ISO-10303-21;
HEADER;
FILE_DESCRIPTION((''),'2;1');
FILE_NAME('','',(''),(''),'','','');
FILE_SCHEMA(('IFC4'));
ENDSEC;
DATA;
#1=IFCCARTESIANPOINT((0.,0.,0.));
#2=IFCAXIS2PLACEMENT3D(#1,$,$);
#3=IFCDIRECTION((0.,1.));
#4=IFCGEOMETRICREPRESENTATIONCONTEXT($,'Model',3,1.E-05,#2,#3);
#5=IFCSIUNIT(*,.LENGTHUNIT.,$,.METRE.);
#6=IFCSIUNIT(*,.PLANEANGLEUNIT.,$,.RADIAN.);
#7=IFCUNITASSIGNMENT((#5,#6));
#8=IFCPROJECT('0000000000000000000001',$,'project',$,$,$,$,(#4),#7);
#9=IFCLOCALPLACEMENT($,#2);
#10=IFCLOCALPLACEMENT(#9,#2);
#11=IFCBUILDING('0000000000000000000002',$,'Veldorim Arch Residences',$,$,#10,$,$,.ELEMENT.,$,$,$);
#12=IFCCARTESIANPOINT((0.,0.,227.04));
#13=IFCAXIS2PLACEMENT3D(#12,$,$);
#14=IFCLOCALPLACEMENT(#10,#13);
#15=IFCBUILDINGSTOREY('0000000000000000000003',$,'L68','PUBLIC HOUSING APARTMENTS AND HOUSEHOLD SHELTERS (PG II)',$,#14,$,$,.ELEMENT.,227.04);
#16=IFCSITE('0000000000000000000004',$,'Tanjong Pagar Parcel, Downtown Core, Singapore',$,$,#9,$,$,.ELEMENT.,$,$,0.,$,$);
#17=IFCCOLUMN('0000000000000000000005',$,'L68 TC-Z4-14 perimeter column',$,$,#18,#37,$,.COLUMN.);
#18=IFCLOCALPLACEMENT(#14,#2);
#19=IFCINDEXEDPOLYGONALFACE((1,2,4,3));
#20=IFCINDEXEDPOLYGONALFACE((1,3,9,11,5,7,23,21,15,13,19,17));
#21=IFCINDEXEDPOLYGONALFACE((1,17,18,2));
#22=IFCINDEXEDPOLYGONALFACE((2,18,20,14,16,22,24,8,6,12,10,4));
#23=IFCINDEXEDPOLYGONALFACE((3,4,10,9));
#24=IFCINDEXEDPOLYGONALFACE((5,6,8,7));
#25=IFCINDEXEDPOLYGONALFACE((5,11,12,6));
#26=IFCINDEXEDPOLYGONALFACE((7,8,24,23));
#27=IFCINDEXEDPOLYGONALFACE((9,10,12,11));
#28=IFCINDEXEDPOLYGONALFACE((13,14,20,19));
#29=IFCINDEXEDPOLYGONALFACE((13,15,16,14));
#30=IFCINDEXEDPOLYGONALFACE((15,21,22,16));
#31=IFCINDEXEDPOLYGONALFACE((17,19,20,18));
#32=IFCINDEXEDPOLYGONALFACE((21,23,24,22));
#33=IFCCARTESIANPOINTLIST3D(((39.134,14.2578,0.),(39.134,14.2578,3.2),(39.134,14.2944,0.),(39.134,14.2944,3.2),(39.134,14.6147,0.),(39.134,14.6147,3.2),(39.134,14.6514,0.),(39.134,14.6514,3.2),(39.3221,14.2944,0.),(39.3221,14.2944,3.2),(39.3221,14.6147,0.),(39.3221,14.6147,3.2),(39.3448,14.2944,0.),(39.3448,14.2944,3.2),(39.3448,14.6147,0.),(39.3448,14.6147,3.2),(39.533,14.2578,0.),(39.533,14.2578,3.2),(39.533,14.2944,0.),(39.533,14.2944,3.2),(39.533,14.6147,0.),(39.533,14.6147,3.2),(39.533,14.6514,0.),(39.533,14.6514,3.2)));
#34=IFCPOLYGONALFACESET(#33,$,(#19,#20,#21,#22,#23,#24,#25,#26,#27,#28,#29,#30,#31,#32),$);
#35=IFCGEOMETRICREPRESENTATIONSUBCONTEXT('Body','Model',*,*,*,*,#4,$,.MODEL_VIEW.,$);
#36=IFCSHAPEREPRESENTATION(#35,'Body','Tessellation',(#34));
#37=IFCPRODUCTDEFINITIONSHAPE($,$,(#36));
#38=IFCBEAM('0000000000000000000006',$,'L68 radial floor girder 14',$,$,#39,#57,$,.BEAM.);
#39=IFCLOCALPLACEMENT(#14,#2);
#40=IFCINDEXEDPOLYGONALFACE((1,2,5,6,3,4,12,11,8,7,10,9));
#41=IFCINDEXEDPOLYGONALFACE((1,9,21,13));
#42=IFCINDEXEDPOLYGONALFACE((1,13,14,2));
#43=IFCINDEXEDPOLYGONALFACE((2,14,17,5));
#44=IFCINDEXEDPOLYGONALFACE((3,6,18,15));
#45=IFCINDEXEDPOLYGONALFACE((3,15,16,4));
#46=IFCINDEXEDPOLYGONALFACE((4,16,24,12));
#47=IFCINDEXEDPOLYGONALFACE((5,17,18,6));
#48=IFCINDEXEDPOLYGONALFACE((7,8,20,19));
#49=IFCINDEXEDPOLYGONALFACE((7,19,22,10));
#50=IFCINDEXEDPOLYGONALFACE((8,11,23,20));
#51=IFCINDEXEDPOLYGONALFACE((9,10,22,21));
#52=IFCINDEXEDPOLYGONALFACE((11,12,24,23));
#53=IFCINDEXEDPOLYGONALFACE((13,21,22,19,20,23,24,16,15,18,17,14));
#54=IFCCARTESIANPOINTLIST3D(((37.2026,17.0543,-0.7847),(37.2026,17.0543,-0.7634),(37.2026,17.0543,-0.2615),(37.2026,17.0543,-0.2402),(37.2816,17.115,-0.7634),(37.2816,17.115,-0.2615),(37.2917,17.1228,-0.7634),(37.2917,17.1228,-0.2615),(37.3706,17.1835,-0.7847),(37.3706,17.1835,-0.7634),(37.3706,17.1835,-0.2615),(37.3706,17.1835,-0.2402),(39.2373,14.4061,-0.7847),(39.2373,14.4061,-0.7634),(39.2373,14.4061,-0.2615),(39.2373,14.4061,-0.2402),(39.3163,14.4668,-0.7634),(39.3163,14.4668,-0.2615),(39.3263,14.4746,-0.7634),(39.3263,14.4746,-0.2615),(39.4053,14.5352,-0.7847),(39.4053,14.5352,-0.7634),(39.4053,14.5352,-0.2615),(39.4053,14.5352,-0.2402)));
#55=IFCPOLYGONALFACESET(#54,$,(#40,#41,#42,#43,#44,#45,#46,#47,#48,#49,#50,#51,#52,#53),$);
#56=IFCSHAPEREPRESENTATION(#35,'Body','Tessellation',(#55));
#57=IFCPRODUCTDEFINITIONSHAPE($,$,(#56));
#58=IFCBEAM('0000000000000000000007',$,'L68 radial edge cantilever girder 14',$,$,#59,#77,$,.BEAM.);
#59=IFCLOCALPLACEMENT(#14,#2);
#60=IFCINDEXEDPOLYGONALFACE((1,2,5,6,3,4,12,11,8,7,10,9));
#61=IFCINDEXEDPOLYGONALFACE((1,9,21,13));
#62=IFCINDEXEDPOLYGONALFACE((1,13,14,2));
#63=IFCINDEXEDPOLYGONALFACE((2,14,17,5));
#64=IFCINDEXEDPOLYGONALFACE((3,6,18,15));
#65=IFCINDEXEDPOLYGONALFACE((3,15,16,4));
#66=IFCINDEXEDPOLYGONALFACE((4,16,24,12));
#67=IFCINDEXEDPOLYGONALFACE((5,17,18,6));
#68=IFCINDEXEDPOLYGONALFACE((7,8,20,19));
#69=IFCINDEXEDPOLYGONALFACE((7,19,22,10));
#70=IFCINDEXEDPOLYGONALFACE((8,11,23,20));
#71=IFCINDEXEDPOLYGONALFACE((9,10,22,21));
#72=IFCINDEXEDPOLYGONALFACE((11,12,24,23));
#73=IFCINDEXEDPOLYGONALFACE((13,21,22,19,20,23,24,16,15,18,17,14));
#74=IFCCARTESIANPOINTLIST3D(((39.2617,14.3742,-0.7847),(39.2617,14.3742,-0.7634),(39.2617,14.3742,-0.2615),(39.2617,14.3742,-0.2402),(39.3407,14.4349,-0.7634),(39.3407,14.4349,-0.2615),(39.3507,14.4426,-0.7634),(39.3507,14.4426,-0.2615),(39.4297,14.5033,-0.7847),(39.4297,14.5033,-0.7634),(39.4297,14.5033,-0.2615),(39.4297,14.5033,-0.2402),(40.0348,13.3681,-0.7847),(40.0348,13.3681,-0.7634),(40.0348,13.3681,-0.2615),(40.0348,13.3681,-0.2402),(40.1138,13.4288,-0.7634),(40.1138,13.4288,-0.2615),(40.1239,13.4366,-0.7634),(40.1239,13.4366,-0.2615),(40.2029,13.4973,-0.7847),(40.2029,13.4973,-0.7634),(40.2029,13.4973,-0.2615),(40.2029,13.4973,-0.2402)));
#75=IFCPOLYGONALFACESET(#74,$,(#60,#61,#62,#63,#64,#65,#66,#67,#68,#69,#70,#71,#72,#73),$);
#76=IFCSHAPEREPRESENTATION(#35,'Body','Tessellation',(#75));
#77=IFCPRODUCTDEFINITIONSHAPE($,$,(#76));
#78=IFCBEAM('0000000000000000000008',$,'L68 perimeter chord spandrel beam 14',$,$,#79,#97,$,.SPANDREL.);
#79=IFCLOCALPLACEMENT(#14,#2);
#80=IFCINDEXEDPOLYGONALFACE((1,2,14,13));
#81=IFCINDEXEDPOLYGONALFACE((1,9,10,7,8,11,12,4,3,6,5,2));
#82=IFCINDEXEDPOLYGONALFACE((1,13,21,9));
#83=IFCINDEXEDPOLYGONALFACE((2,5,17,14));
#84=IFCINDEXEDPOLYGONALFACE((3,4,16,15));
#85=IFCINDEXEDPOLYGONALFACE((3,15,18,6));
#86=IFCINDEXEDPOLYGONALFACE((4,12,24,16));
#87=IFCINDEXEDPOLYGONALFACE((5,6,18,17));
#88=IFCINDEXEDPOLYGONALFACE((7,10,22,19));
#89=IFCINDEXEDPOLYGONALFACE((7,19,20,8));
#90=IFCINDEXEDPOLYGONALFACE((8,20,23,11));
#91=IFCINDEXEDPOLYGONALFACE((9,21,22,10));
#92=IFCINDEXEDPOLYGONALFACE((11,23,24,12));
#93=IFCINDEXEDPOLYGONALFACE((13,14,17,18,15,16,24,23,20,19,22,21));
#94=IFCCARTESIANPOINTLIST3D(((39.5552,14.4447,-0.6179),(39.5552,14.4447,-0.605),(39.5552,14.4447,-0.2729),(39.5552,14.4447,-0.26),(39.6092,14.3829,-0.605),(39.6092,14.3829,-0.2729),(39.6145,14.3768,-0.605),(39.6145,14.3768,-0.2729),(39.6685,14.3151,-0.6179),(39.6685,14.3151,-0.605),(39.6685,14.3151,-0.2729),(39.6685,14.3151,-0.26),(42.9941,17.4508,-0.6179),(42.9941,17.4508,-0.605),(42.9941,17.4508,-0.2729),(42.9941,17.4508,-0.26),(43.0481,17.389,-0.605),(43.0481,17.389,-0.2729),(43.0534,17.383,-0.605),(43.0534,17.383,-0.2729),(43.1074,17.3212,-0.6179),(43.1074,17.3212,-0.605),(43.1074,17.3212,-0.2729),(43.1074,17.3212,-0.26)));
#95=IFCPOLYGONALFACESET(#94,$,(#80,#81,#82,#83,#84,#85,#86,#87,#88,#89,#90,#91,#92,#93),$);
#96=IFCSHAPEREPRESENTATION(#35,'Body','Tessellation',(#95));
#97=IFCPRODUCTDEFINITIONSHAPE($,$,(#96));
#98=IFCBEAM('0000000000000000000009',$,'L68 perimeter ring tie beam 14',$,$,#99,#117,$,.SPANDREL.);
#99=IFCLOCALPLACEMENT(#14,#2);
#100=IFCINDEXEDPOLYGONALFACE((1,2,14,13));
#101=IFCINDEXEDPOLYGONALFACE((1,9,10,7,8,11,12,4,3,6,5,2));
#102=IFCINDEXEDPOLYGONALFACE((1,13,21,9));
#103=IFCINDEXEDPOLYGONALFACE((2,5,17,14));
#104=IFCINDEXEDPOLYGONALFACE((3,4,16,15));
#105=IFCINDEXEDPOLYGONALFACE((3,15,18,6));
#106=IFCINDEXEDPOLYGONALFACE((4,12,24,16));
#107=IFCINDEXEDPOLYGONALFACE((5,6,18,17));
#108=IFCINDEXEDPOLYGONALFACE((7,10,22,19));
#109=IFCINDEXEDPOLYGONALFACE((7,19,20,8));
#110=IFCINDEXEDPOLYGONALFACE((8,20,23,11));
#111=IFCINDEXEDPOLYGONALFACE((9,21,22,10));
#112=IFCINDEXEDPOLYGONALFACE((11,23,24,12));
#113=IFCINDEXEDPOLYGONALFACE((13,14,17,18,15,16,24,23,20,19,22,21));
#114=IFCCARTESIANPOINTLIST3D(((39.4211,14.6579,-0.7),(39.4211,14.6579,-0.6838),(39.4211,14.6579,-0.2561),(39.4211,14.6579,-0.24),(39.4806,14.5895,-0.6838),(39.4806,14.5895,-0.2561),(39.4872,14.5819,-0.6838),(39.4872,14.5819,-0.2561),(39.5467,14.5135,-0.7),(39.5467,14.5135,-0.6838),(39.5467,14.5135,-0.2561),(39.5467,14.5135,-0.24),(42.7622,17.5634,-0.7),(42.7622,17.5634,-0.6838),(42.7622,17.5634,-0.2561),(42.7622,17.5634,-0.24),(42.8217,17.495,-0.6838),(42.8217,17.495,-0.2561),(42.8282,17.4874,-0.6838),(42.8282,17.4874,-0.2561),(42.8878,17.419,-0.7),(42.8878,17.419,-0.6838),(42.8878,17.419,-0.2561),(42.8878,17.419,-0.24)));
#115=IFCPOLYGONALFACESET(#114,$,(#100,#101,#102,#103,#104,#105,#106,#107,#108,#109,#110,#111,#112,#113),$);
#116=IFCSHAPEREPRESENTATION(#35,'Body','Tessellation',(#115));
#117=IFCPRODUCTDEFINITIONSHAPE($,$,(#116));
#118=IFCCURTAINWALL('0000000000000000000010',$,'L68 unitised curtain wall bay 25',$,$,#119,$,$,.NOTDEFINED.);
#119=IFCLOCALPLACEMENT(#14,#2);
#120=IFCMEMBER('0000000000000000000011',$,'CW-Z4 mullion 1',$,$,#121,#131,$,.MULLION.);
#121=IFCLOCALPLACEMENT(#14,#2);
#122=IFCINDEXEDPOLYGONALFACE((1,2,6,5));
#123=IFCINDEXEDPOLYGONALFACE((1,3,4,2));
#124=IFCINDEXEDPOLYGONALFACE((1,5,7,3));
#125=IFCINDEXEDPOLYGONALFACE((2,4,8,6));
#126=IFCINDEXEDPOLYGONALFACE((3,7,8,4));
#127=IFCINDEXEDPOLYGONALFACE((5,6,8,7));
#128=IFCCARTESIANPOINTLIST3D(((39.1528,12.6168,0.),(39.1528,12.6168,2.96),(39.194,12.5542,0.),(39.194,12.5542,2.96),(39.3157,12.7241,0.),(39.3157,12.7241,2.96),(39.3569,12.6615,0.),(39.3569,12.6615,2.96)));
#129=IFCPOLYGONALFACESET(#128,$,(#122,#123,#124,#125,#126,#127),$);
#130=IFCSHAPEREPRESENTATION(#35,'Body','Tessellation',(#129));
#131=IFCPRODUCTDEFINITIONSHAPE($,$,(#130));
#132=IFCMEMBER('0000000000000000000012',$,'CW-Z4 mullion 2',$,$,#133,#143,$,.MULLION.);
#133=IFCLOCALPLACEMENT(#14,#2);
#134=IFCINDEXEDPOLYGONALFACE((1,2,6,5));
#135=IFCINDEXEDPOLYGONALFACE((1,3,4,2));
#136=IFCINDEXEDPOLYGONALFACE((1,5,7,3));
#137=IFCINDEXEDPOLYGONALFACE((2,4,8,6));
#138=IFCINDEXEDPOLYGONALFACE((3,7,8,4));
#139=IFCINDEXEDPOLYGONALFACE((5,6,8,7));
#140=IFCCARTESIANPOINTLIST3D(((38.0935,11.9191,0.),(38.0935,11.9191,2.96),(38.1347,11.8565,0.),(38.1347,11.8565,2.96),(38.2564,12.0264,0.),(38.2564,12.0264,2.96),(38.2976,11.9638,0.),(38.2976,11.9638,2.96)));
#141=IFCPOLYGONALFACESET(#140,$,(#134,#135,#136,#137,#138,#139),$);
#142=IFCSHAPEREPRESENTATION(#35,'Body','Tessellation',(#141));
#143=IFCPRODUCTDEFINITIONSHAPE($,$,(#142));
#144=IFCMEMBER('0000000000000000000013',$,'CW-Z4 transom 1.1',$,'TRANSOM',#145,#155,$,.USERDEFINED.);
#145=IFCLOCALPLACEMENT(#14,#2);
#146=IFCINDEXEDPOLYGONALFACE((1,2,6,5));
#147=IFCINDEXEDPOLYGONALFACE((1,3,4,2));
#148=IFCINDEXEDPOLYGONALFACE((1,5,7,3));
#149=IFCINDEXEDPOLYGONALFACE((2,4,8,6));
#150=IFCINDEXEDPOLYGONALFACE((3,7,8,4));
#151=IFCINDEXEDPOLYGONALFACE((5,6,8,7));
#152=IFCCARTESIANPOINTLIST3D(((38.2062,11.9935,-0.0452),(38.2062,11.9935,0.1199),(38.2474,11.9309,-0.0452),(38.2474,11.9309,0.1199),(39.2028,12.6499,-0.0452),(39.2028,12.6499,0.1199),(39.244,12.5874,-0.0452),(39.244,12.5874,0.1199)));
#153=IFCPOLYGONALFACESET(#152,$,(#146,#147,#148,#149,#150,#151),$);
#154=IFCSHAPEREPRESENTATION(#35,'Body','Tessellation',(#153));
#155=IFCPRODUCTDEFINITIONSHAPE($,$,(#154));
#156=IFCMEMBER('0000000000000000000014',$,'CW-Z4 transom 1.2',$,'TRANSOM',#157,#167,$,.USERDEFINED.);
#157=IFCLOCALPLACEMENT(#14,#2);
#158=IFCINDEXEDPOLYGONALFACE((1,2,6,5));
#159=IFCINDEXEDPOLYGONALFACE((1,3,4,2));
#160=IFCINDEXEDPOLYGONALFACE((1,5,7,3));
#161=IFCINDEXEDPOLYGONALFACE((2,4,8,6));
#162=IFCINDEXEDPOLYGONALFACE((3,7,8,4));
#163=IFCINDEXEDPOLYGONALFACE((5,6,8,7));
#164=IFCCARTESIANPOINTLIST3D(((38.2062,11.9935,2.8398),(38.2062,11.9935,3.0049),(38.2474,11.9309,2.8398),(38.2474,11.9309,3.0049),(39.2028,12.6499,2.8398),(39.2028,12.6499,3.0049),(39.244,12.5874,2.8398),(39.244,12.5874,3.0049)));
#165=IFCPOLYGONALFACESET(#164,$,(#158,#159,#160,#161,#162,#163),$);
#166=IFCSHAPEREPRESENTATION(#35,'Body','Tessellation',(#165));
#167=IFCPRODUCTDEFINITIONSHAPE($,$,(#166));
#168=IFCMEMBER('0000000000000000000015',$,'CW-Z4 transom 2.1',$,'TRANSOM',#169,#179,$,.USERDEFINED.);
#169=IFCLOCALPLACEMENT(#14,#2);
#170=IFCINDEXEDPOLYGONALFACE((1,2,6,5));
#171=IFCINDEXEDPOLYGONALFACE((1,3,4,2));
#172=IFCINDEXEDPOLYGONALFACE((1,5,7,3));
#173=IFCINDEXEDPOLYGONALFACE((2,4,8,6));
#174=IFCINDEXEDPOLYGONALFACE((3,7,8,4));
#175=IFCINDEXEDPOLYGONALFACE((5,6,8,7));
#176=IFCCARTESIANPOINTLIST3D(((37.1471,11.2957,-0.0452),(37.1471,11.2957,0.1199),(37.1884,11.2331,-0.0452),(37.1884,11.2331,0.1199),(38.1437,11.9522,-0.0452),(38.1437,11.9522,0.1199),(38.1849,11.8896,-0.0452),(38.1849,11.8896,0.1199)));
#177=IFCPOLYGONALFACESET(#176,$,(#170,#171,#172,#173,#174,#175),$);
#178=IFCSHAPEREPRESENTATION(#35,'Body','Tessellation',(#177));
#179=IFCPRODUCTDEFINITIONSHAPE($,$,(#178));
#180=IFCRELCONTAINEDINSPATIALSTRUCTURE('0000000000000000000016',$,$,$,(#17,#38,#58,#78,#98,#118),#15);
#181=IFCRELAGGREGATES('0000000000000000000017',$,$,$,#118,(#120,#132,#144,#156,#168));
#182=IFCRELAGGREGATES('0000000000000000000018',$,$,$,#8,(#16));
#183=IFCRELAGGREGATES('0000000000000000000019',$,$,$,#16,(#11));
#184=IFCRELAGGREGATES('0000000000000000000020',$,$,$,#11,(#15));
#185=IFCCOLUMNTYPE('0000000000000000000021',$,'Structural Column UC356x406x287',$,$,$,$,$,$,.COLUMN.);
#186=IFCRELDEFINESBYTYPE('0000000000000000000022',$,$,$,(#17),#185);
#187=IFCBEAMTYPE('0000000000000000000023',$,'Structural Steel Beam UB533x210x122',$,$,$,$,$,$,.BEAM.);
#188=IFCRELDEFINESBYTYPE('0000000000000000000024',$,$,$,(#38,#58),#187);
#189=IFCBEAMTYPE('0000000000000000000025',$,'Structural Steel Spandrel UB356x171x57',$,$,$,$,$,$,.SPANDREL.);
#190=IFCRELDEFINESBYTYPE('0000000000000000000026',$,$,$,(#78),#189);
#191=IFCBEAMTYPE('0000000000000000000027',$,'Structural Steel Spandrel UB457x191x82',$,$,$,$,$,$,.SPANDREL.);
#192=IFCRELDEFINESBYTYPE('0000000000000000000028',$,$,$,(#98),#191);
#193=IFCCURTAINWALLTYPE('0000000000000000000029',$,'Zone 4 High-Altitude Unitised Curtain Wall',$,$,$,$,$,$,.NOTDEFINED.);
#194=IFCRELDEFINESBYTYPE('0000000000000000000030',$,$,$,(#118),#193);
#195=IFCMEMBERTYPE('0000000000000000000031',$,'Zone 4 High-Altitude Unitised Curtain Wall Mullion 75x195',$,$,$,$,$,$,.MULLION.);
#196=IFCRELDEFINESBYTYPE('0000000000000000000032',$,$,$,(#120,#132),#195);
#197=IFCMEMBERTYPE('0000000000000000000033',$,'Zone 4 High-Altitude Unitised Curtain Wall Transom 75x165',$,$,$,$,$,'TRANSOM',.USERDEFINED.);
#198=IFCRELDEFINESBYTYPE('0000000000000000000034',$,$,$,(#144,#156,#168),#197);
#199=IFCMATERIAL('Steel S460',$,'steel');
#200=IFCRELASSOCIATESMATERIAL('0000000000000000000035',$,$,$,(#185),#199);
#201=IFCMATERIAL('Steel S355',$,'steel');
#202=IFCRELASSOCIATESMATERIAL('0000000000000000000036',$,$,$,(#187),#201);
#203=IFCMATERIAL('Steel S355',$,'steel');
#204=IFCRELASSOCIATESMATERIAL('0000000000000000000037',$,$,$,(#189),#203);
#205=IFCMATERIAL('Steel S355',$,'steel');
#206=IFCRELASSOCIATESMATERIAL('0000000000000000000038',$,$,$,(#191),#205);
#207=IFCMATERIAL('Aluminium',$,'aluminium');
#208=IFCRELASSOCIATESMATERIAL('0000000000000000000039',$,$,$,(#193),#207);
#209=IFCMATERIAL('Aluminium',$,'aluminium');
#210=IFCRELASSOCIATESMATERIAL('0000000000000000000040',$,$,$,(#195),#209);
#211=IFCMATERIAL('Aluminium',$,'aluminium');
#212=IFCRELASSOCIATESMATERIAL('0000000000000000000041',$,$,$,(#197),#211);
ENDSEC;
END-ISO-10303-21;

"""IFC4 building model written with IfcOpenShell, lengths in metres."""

from ifc_helpers import new_model, si_unit, direction, frame, origin, origin_2d, place, context, subcontext, project, spatial, rectangle, i_section, extrude, material, material_profile, profile_set, type_object, element, aggregate, save


model = new_model("IFC4")

# Units and contexts
model_context = context("Model", 3, precision=1e-05, world=origin(), true_north=direction((0.0, 1.0)))
body_context = subcontext(model_context, "Body", "Model", "MODEL_VIEW")
ifc_project = project(units=[si_unit("LENGTHUNIT", "METRE"), si_unit("PLANEANGLEUNIT", "RADIAN")], contexts=[model_context])

# Site, building, storey
site_placement = place(None, origin())
site = spatial("IfcSite", under=ifc_project, at=site_placement, Name="Tanjong Pagar Parcel, Downtown Core, Singapore", CompositionType="ELEMENT", RefElevation=0.0)
building_placement = place(site_placement, origin())
building = spatial("IfcBuilding", under=site, at=building_placement, Name="Veldorim Arch Residences", CompositionType="ELEMENT")
storey_placement = place(building_placement, frame((0.0, 0.0, 227.04)))
storey = spatial("IfcBuildingStorey", under=building, at=storey_placement, Name="L68", Description="PUBLIC HOUSING APARTMENTS AND HOUSEHOLD SHELTERS (PG II)", CompositionType="ELEMENT", Elevation=227.04)

# Column
ifc_material_1 = material(Name="Steel S460", Category="steel")
ifc_material_profile_1 = material_profile(ifc_material_1, i_section(OverallWidth=0.3989, OverallDepth=0.3936, WebThickness=0.0227, FlangeThickness=0.0366, at=origin_2d()), Name="UC356x406x287")
ifc_profile_set_1 = profile_set([ifc_material_profile_1], Name="Steel S460")
column_type = type_object("IfcColumnType", Name="Structural Column UC356x406x287", PredefinedType="COLUMN", material=ifc_profile_set_1)
column_placement = place(storey_placement, frame((39.3335, 14.4546, 0.0), z_axis=(0.0, 0.0, 1.0), x_axis=(1.0, 0.0, 0.0)))
element("IfcColumn", 1, at=column_placement, inside=storey, type_object=column_type, Name="L68 TC-Z4-14 perimeter column", PredefinedType="COLUMN", context=body_context, shape_type="SweptSolid", body=[
    extrude(i_section(OverallWidth=0.3989, OverallDepth=0.3936, WebThickness=0.0227, FlangeThickness=0.0366, at=origin_2d()), origin(), (0.0, 0.0, 1.0), 3.2),
])

# Beams
ifc_material_2 = material(Name="Steel S355", Category="steel")
ifc_material_profile_2 = material_profile(ifc_material_2, i_section(OverallWidth=0.2119, OverallDepth=0.5444, WebThickness=0.0127, FlangeThickness=0.0212, at=origin_2d()), Name="UB533x210x122")
ifc_profile_set_2 = profile_set([ifc_material_profile_2], Name="Steel S355")
beam_type_1 = type_object("IfcBeamType", Name="Structural Steel Beam UB533x210x122", PredefinedType="BEAM", material=ifc_profile_set_2)
beam_1_placement = place(storey_placement, frame((37.2866, 17.1189, -0.5125), z_axis=(0.609258, -0.792972, 0.0), x_axis=(0.792972, 0.609258, 0.0)))
element("IfcBeam", 2, at=beam_1_placement, inside=storey, type_object=beam_type_1, Name="L68 radial floor girder 14", PredefinedType="BEAM", context=body_context, shape_type="SweptSolid", body=[
    extrude(i_section(OverallWidth=0.2119, OverallDepth=0.5444, WebThickness=0.0127, FlangeThickness=0.0212, at=origin_2d()), origin(), (0.0, 0.0, 1.0), 3.3396),
])
beam_2_placement = place(storey_placement, frame((39.3457, 14.4387, -0.5125), z_axis=(0.609348, -0.792903, 0.0), x_axis=(0.792903, 0.609348, 0.0)))
element("IfcBeam", 3, at=beam_2_placement, inside=storey, type_object=beam_type_1, Name="L68 radial edge cantilever girder 14", PredefinedType="BEAM", context=body_context, shape_type="SweptSolid", body=[
    extrude(i_section(OverallWidth=0.2119, OverallDepth=0.5444, WebThickness=0.0127, FlangeThickness=0.0212, at=origin_2d()), origin(), (0.0, 0.0, 1.0), 1.2688),
])
ifc_material_3 = material(Name="Steel S355", Category="steel")
ifc_material_profile_3 = material_profile(ifc_material_3, i_section(OverallWidth=0.1721, OverallDepth=0.3579, WebThickness=0.0081, FlangeThickness=0.0129, at=origin_2d()), Name="UB356x171x57")
ifc_profile_set_3 = profile_set([ifc_material_profile_3], Name="Steel S355")
beam_type_2 = type_object("IfcBeamType", Name="Structural Steel Spandrel UB356x171x57", PredefinedType="SPANDREL", material=ifc_profile_set_3)
beam_3_placement = place(storey_placement, frame((39.6118, 14.3799, -0.439), z_axis=(0.752901, 0.658134, 0.0), x_axis=(-0.658134, 0.752901, 0.0)))
element("IfcBeam", 4, at=beam_3_placement, inside=storey, type_object=beam_type_2, Name="L68 perimeter chord spandrel beam 14", PredefinedType="SPANDREL", context=body_context, shape_type="SweptSolid", body=[
    extrude(i_section(OverallWidth=0.1721, OverallDepth=0.3579, WebThickness=0.0081, FlangeThickness=0.0129, at=origin_2d()), origin(), (0.0, 0.0, 1.0), 4.5676),
])
ifc_material_4 = material(Name="Steel S355", Category="steel")
ifc_material_profile_4 = material_profile(ifc_material_4, i_section(OverallWidth=0.1914, OverallDepth=0.46, WebThickness=0.01, FlangeThickness=0.0161, at=origin_2d()), Name="UB457x191x82")
ifc_profile_set_4 = profile_set([ifc_material_profile_4], Name="Steel S355")
beam_type_3 = type_object("IfcBeamType", Name="Structural Steel Spandrel UB457x191x82", PredefinedType="SPANDREL", material=ifc_profile_set_4)
beam_4_placement = place(storey_placement, frame((39.4839, 14.5857, -0.47), z_axis=(0.754578, 0.65621, 0.0), x_axis=(-0.65621, 0.754578, 0.0)))
element("IfcBeam", 5, at=beam_4_placement, inside=storey, type_object=beam_type_3, Name="L68 perimeter ring tie beam 14", PredefinedType="SPANDREL", context=body_context, shape_type="SweptSolid", body=[
    extrude(i_section(OverallWidth=0.1914, OverallDepth=0.46, WebThickness=0.01, FlangeThickness=0.0161, at=origin_2d()), origin(), (0.0, 0.0, 1.0), 4.4277),
])

# Curtain wall, members
ifc_material_5 = material(Name="Aluminium", Category="aluminium")
curtain_wall_type = type_object("IfcCurtainWallType", Name="Zone 4 High-Altitude Unitised Curtain Wall", PredefinedType="NOTDEFINED", material=ifc_material_5)
curtain_wall_placement = place(storey_placement, origin())
curtain_wall = element("IfcCurtainWall", 6, at=curtain_wall_placement, inside=storey, type_object=curtain_wall_type, Name="L68 unitised curtain wall bay 25", PredefinedType="NOTDEFINED")
ifc_material_6 = material(Name="Aluminium", Category="aluminium")
ifc_material_profile_5 = material_profile(ifc_material_6, rectangle(XDim=0.075, YDim=0.1951, at=origin_2d()), Name="ALU_MUL_75x195")
ifc_profile_set_5 = profile_set([ifc_material_profile_5], Name="Aluminium")
member_type_1 = type_object("IfcMemberType", Name="Zone 4 High-Altitude Unitised Curtain Wall Mullion 75x195", PredefinedType="MULLION", material=ifc_profile_set_5)
member_1_placement = place(storey_placement, frame((39.2549, 12.6392, 0.0), z_axis=(0.0, 0.0, 1.0), x_axis=(0.550062, -0.835124, 0.0)))
member_1 = element("IfcMember", 7, at=member_1_placement, type_object=member_type_1, Name="CW-Z4 mullion 1", PredefinedType="MULLION", context=body_context, shape_type="SweptSolid", body=[
    extrude(rectangle(XDim=0.075, YDim=0.1951, at=origin_2d()), origin(), (0.0, 0.0, 1.0), 2.96),
])
member_2_placement = place(storey_placement, frame((38.1956, 11.9414, 0.0), z_axis=(0.0, 0.0, 1.0), x_axis=(0.550062, -0.835124, 0.0)))
member_2 = element("IfcMember", 8, at=member_2_placement, type_object=member_type_1, Name="CW-Z4 mullion 2", PredefinedType="MULLION", context=body_context, shape_type="SweptSolid", body=[
    extrude(rectangle(XDim=0.075, YDim=0.1951, at=origin_2d()), origin(), (0.0, 0.0, 1.0), 2.96),
])
ifc_material_7 = material(Name="Aluminium", Category="aluminium")
ifc_material_profile_6 = material_profile(ifc_material_7, rectangle(XDim=0.075, YDim=0.165, at=origin_2d()), Name="ALU_TRN_75x165")
ifc_profile_set_6 = profile_set([ifc_material_profile_6], Name="Aluminium")
member_type_2 = type_object("IfcMemberType", Name="Zone 4 High-Altitude Unitised Curtain Wall Transom 75x165", ElementType="TRANSOM", PredefinedType="USERDEFINED", material=ifc_profile_set_6)
member_3_placement = place(storey_placement, frame((39.2234, 12.6187, 0.0374), z_axis=(-0.835091, -0.550112, 0.0), x_axis=(0.550112, -0.835091, 0.0)))
member_3 = element("IfcMember", 9, at=member_3_placement, type_object=member_type_2, Name="CW-Z4 transom 1.1", ObjectType="TRANSOM", PredefinedType="USERDEFINED", context=body_context, shape_type="SweptSolid", body=[
    extrude(rectangle(XDim=0.075, YDim=0.165, at=origin_2d()), origin(), (0.0, 0.0, 1.0), 1.1934),
])
member_4_placement = place(storey_placement, frame((39.2234, 12.6187, 2.9224), z_axis=(-0.835091, -0.550112, 0.0), x_axis=(0.550112, -0.835091, 0.0)))
member_4 = element("IfcMember", 10, at=member_4_placement, type_object=member_type_2, Name="CW-Z4 transom 1.2", ObjectType="TRANSOM", PredefinedType="USERDEFINED", context=body_context, shape_type="SweptSolid", body=[
    extrude(rectangle(XDim=0.075, YDim=0.165, at=origin_2d()), origin(), (0.0, 0.0, 1.0), 1.1934),
])
member_5_placement = place(storey_placement, frame((38.1643, 11.9209, 0.0374), z_axis=(-0.835091, -0.550112, 0.0), x_axis=(0.550112, -0.835091, 0.0)))
member_5 = element("IfcMember", 11, at=member_5_placement, type_object=member_type_2, Name="CW-Z4 transom 2.1", ObjectType="TRANSOM", PredefinedType="USERDEFINED", context=body_context, shape_type="SweptSolid", body=[
    extrude(rectangle(XDim=0.075, YDim=0.165, at=origin_2d()), origin(), (0.0, 0.0, 1.0), 1.1934),
])
aggregate(curtain_wall, [member_1, member_2, member_3, member_4, member_5])

save(model, "model.ifc")
